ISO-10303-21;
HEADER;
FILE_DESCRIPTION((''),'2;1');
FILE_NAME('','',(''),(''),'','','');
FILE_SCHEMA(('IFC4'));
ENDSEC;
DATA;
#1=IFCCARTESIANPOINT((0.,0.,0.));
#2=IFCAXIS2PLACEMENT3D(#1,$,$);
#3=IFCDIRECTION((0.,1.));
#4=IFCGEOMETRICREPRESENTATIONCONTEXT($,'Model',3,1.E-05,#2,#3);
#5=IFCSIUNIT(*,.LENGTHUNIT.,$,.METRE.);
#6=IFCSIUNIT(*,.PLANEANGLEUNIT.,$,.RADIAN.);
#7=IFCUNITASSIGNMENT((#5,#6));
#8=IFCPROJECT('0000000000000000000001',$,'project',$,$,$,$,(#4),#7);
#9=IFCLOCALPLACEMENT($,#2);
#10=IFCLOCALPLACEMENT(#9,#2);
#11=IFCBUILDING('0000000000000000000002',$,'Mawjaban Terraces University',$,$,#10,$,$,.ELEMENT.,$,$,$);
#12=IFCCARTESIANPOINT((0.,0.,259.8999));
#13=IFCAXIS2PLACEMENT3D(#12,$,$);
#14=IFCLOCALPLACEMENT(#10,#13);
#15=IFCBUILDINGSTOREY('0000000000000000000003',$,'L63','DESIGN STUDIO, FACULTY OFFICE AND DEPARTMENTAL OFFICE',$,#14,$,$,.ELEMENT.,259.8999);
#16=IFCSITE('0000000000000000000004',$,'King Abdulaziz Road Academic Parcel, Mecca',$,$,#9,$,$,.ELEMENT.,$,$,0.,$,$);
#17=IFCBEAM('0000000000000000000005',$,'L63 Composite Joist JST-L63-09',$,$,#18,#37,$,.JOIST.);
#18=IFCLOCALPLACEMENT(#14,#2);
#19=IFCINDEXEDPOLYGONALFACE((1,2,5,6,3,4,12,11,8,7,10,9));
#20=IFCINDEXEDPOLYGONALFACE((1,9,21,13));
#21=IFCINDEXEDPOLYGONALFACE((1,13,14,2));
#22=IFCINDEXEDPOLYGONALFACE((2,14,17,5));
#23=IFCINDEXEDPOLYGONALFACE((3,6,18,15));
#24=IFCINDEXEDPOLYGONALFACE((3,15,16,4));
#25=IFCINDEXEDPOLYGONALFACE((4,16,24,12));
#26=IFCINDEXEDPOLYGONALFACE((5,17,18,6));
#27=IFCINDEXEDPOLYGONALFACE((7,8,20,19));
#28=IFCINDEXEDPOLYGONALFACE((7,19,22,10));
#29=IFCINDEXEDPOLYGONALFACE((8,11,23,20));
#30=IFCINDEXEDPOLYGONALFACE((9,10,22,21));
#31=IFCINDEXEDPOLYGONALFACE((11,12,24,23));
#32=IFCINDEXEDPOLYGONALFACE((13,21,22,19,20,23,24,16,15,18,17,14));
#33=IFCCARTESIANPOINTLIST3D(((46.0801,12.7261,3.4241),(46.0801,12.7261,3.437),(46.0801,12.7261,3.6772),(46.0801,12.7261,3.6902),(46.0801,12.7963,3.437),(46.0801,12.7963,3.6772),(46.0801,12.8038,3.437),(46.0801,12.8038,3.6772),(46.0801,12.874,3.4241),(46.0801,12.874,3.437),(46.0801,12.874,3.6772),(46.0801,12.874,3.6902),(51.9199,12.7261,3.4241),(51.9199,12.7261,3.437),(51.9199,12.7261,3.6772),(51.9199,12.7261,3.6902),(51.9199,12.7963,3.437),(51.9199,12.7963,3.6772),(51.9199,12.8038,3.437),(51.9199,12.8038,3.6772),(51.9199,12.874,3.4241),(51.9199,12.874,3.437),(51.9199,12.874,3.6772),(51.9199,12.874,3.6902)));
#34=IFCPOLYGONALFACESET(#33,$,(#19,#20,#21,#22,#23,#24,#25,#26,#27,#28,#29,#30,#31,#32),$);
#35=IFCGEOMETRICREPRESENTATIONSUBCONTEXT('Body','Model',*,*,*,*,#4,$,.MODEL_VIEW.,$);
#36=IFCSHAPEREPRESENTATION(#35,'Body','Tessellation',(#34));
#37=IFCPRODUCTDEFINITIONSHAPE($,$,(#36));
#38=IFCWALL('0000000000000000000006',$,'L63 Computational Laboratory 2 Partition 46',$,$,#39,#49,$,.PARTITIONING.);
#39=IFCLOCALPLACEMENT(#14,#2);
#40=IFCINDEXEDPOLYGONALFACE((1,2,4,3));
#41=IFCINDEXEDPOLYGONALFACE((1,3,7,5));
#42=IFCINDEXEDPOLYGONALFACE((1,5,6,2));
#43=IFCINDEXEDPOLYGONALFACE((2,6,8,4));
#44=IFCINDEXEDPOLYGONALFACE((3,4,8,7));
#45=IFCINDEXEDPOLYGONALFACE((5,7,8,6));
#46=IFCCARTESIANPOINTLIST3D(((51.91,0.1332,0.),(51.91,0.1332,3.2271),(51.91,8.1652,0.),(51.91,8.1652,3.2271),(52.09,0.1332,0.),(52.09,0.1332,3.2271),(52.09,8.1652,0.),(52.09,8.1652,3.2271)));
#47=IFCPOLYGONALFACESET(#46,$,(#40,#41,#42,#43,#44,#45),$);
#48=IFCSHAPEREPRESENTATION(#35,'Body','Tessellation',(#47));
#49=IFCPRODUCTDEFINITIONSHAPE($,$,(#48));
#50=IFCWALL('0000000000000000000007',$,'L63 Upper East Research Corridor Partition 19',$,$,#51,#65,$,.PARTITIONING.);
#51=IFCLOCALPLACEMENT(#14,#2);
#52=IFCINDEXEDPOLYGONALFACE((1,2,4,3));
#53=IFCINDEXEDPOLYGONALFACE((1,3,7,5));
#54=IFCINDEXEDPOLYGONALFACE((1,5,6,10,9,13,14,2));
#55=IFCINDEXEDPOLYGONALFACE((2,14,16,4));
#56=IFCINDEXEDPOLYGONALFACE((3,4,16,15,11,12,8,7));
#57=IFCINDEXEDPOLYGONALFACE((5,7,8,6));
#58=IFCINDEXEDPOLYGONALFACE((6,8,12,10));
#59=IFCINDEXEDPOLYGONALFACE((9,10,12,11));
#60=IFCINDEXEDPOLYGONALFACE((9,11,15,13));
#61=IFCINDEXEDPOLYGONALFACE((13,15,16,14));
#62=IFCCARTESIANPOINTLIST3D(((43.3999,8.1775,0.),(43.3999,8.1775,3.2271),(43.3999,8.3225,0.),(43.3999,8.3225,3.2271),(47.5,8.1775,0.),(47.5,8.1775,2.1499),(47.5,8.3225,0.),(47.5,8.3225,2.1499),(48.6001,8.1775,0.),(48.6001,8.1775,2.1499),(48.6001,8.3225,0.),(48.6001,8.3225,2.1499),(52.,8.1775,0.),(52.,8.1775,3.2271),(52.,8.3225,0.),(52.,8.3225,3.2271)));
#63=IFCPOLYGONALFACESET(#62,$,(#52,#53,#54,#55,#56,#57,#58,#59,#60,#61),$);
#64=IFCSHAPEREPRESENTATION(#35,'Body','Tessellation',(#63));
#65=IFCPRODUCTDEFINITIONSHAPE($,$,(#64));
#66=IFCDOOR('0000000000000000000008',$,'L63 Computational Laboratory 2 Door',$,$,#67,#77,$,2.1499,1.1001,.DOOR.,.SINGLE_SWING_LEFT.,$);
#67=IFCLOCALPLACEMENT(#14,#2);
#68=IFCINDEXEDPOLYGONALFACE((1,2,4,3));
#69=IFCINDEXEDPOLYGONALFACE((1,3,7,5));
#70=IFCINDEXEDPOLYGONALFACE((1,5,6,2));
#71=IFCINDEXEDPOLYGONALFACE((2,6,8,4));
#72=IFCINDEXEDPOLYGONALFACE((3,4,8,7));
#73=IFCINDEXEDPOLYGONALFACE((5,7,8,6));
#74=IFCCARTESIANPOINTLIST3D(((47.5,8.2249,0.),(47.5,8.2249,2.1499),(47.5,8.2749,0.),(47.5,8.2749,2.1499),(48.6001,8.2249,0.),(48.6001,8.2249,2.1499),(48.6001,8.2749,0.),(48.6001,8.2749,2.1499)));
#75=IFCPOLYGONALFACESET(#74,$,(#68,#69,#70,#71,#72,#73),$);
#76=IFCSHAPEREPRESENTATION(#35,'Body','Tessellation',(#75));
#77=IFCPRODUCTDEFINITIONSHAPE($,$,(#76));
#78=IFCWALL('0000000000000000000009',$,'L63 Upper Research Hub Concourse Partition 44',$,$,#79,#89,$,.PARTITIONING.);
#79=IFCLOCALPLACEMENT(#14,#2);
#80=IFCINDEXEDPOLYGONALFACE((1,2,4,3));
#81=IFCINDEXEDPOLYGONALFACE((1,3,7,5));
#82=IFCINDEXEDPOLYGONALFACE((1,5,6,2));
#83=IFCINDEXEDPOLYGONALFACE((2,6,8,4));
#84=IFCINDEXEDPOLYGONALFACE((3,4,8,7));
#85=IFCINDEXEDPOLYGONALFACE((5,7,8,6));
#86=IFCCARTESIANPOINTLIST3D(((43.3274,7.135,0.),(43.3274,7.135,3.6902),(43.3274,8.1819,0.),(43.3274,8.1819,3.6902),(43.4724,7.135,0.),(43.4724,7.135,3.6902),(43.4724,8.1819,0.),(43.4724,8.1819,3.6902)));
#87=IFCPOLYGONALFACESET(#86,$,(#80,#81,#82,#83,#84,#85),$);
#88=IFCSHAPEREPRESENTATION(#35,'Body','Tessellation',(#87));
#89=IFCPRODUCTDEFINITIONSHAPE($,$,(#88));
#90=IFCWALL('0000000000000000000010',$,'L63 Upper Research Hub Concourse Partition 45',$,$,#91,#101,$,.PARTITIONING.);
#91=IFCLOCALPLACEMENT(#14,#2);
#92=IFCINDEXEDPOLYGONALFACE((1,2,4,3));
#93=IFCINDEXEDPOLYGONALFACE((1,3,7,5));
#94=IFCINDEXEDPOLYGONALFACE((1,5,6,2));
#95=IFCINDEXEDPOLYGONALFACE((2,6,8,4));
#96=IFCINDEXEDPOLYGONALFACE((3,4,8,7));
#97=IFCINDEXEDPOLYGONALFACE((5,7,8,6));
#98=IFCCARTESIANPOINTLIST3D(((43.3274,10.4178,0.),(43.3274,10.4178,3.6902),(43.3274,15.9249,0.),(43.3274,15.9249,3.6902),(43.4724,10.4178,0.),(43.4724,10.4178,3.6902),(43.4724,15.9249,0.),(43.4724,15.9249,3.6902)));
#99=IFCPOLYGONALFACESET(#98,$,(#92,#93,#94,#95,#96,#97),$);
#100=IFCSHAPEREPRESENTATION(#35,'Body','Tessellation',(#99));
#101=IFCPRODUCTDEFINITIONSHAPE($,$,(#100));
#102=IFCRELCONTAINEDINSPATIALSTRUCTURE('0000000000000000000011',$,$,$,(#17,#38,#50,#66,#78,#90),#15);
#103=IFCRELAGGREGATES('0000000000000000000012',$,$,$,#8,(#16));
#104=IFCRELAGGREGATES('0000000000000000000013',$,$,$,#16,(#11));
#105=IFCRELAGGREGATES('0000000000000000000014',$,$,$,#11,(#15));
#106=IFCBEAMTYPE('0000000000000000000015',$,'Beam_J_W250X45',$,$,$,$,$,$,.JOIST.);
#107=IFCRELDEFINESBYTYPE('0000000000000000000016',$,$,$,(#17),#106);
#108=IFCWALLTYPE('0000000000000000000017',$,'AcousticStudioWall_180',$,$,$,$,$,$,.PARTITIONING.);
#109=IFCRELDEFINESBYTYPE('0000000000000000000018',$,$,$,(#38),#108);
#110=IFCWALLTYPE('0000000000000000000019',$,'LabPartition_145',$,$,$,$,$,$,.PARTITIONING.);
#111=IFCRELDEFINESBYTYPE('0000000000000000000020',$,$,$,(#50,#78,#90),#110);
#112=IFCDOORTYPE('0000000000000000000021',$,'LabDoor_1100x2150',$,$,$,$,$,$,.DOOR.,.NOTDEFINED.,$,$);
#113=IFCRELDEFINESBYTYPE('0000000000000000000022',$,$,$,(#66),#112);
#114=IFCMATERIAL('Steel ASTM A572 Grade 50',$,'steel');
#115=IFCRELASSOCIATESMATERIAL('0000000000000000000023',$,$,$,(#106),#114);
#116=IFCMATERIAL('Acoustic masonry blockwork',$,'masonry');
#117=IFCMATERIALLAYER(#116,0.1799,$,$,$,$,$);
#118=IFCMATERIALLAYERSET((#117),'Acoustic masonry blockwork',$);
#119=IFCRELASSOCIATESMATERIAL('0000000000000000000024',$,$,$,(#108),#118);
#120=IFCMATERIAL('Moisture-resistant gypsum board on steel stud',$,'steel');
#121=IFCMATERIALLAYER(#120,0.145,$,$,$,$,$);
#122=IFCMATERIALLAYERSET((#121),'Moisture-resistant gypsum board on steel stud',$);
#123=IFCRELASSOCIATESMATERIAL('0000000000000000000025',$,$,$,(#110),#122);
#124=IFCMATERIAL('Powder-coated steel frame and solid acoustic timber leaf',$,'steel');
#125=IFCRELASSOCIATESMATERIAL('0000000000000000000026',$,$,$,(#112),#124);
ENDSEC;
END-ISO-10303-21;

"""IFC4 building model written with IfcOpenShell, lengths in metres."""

from ifc_helpers import new_model, si_unit, direction, frame, frame_2d, origin, origin_2d, place, context, subcontext, project, spatial, rectangle, i_section, extrude, material, layer, layer_set, material_profile, profile_set, type_object, element, fill, save


model = new_model("IFC4")

# Units and contexts
model_context = context("Model", 3, precision=1e-05, world=origin(), true_north=direction((0.0, 1.0)))
body_context = subcontext(model_context, "Body", "Model", "MODEL_VIEW")
ifc_project = project(units=[si_unit("LENGTHUNIT", "METRE"), si_unit("PLANEANGLEUNIT", "RADIAN")], contexts=[model_context])

# Site, building, storey
site_placement = place(None, origin())
site = spatial("IfcSite", under=ifc_project, at=site_placement, Name="King Abdulaziz Road Academic Parcel, Mecca", CompositionType="ELEMENT", RefElevation=0.0)
building_placement = place(site_placement, origin())
building = spatial("IfcBuilding", under=site, at=building_placement, Name="Mawjaban Terraces University", CompositionType="ELEMENT")
storey_placement = place(building_placement, frame((0.0, 0.0, 259.8999)))
storey = spatial("IfcBuildingStorey", under=building, at=storey_placement, Name="L63", Description="DESIGN STUDIO, FACULTY OFFICE AND DEPARTMENTAL OFFICE", CompositionType="ELEMENT", Elevation=259.8999)

# Beam
ifc_material_1 = material(Name="Steel ASTM A572 Grade 50", Category="steel")
ifc_material_profile_1 = material_profile(ifc_material_1, i_section(OverallWidth=0.1479, OverallDepth=0.2661, WebThickness=0.0076, FlangeThickness=0.0129, at=origin_2d()), Name="W250X45")
ifc_profile_set_1 = profile_set([ifc_material_profile_1], Name="Steel ASTM A572 Grade 50")
beam_type_1 = type_object("IfcBeamType", Name="Beam_J_W250X45", PredefinedType="JOIST", material=ifc_profile_set_1)
for number, where, z_axis, x_axis, name in (
    (1, (46.0801, 12.8, 3.5571), (1.0, 0.0, 0.0), (0.0, 1.0, 0.0), "L63 Composite Joist JST-L63-09"),
):
    element("IfcBeam", number, at=place(storey_placement, frame(where, z_axis=z_axis, x_axis=x_axis)), inside=storey, type_object=beam_type_1, Name=name, PredefinedType="JOIST", context=body_context, shape_type="SweptSolid", body=[
        extrude(i_section(OverallWidth=0.1479, OverallDepth=0.2661, WebThickness=0.0076, FlangeThickness=0.0129, at=origin_2d()), origin(), (0.0, 0.0, 1.0), 5.8398),
    ])

# Wall
ifc_material_2 = material(Name="Acoustic masonry blockwork", Category="masonry")
ifc_layer_1 = layer(ifc_material_2, 0.1799)
ifc_layer_set_1 = layer_set([ifc_layer_1], Name="Acoustic masonry blockwork")
wall_type_1 = type_object("IfcWallType", Name="AcousticStudioWall_180", PredefinedType="PARTITIONING", material=ifc_layer_set_1)
wall_1_placement = place(storey_placement, frame((52.0, 0.1331, 0.0), z_axis=(0.0, 0.0, 1.0), x_axis=(0.0, 1.0, 0.0)))
element("IfcWall", 2, at=wall_1_placement, inside=storey, type_object=wall_type_1, Name="L63 Computational Laboratory 2 Partition 46", PredefinedType="PARTITIONING", context=body_context, shape_type="SweptSolid", body=[
    extrude(rectangle(XDim=8.032, YDim=0.1799, at=frame_2d((4.0161, 0.0))), origin(), (0.0, 0.0, 1.0), 3.2271),
])

# Wall, opening, door
ifc_material_3 = material(Name="Moisture-resistant gypsum board on steel stud", Category="steel")
ifc_layer_2 = layer(ifc_material_3, 0.145)
ifc_layer_set_2 = layer_set([ifc_layer_2], Name="Moisture-resistant gypsum board on steel stud")
wall_type_2 = type_object("IfcWallType", Name="LabPartition_145", PredefinedType="PARTITIONING", material=ifc_layer_set_2)
wall_2_placement = place(storey_placement, frame((43.3999, 8.25, 0.0), z_axis=(0.0, 0.0, 1.0), x_axis=(1.0, 0.0, 0.0)))
wall_2 = element("IfcWall", 3, at=wall_2_placement, inside=storey, type_object=wall_type_2, Name="L63 Upper East Research Corridor Partition 19", PredefinedType="PARTITIONING", context=body_context, shape_type="SweptSolid", body=[
    extrude(rectangle(XDim=8.6001, YDim=0.145, at=frame_2d((4.3, 0.0))), origin(), (0.0, 0.0, 1.0), 3.2271),
])
opening_placement = place(wall_2_placement, frame((4.1001, 0.0, 0.0)))
opening = element("IfcOpeningElement", 4, at=opening_placement, cuts=wall_2, PredefinedType="OPENING", context=body_context, shape_type="SweptSolid", body=[
    extrude(rectangle(XDim=1.1001, YDim=2.1499, at=frame_2d((0.55, 1.075))), frame((0.0, 0.0825, 0.0), z_axis=(0.0, -1.0, 0.0), x_axis=(1.0, 0.0, 0.0)), (0.0, 0.0, 1.0), 0.165),
])
ifc_material_4 = material(Name="Powder-coated steel frame and solid acoustic timber leaf", Category="steel")
door_type = type_object("IfcDoorType", Name="LabDoor_1100x2150", OperationType="NOTDEFINED", PredefinedType="DOOR", material=ifc_material_4)
door_placement = place(opening_placement, origin())
door = element("IfcDoor", 5, at=door_placement, inside=storey, type_object=door_type, Name="L63 Computational Laboratory 2 Door", OperationType="SINGLE_SWING_LEFT", OverallHeight=2.1499, OverallWidth=1.1001, PredefinedType="DOOR", context=body_context, shape_type="SweptSolid", body=[
    extrude(rectangle(XDim=1.1001, YDim=2.1499, at=frame_2d((0.55, 1.075))), frame((0.0, 0.0249, 0.0), z_axis=(0.0, -1.0, 0.0), x_axis=(1.0, 0.0, 0.0)), (0.0, 0.0, 1.0), 0.05),
])
fill(opening, door)

# Walls
wall_3_placement = place(storey_placement, frame((43.3999, 7.135, 0.0), z_axis=(0.0, 0.0, 1.0), x_axis=(0.0, 1.0, 0.0)))
element("IfcWall", 6, at=wall_3_placement, inside=storey, type_object=wall_type_2, Name="L63 Upper Research Hub Concourse Partition 44", PredefinedType="PARTITIONING", context=body_context, shape_type="SweptSolid", body=[
    extrude(rectangle(XDim=1.0469, YDim=0.145, at=frame_2d((0.5234, 0.0))), origin(), (0.0, 0.0, 1.0), 3.6902),
])
wall_4_placement = place(storey_placement, frame((43.3999, 10.418, 0.0), z_axis=(0.0, 0.0, 1.0), x_axis=(0.0, 1.0, 0.0)))
element("IfcWall", 7, at=wall_4_placement, inside=storey, type_object=wall_type_2, Name="L63 Upper Research Hub Concourse Partition 45", PredefinedType="PARTITIONING", context=body_context, shape_type="SweptSolid", body=[
    extrude(rectangle(XDim=5.5071, YDim=0.145, at=frame_2d((2.7534, 0.0))), origin(), (0.0, 0.0, 1.0), 3.6902),
])

save(model, "model.ifc")
